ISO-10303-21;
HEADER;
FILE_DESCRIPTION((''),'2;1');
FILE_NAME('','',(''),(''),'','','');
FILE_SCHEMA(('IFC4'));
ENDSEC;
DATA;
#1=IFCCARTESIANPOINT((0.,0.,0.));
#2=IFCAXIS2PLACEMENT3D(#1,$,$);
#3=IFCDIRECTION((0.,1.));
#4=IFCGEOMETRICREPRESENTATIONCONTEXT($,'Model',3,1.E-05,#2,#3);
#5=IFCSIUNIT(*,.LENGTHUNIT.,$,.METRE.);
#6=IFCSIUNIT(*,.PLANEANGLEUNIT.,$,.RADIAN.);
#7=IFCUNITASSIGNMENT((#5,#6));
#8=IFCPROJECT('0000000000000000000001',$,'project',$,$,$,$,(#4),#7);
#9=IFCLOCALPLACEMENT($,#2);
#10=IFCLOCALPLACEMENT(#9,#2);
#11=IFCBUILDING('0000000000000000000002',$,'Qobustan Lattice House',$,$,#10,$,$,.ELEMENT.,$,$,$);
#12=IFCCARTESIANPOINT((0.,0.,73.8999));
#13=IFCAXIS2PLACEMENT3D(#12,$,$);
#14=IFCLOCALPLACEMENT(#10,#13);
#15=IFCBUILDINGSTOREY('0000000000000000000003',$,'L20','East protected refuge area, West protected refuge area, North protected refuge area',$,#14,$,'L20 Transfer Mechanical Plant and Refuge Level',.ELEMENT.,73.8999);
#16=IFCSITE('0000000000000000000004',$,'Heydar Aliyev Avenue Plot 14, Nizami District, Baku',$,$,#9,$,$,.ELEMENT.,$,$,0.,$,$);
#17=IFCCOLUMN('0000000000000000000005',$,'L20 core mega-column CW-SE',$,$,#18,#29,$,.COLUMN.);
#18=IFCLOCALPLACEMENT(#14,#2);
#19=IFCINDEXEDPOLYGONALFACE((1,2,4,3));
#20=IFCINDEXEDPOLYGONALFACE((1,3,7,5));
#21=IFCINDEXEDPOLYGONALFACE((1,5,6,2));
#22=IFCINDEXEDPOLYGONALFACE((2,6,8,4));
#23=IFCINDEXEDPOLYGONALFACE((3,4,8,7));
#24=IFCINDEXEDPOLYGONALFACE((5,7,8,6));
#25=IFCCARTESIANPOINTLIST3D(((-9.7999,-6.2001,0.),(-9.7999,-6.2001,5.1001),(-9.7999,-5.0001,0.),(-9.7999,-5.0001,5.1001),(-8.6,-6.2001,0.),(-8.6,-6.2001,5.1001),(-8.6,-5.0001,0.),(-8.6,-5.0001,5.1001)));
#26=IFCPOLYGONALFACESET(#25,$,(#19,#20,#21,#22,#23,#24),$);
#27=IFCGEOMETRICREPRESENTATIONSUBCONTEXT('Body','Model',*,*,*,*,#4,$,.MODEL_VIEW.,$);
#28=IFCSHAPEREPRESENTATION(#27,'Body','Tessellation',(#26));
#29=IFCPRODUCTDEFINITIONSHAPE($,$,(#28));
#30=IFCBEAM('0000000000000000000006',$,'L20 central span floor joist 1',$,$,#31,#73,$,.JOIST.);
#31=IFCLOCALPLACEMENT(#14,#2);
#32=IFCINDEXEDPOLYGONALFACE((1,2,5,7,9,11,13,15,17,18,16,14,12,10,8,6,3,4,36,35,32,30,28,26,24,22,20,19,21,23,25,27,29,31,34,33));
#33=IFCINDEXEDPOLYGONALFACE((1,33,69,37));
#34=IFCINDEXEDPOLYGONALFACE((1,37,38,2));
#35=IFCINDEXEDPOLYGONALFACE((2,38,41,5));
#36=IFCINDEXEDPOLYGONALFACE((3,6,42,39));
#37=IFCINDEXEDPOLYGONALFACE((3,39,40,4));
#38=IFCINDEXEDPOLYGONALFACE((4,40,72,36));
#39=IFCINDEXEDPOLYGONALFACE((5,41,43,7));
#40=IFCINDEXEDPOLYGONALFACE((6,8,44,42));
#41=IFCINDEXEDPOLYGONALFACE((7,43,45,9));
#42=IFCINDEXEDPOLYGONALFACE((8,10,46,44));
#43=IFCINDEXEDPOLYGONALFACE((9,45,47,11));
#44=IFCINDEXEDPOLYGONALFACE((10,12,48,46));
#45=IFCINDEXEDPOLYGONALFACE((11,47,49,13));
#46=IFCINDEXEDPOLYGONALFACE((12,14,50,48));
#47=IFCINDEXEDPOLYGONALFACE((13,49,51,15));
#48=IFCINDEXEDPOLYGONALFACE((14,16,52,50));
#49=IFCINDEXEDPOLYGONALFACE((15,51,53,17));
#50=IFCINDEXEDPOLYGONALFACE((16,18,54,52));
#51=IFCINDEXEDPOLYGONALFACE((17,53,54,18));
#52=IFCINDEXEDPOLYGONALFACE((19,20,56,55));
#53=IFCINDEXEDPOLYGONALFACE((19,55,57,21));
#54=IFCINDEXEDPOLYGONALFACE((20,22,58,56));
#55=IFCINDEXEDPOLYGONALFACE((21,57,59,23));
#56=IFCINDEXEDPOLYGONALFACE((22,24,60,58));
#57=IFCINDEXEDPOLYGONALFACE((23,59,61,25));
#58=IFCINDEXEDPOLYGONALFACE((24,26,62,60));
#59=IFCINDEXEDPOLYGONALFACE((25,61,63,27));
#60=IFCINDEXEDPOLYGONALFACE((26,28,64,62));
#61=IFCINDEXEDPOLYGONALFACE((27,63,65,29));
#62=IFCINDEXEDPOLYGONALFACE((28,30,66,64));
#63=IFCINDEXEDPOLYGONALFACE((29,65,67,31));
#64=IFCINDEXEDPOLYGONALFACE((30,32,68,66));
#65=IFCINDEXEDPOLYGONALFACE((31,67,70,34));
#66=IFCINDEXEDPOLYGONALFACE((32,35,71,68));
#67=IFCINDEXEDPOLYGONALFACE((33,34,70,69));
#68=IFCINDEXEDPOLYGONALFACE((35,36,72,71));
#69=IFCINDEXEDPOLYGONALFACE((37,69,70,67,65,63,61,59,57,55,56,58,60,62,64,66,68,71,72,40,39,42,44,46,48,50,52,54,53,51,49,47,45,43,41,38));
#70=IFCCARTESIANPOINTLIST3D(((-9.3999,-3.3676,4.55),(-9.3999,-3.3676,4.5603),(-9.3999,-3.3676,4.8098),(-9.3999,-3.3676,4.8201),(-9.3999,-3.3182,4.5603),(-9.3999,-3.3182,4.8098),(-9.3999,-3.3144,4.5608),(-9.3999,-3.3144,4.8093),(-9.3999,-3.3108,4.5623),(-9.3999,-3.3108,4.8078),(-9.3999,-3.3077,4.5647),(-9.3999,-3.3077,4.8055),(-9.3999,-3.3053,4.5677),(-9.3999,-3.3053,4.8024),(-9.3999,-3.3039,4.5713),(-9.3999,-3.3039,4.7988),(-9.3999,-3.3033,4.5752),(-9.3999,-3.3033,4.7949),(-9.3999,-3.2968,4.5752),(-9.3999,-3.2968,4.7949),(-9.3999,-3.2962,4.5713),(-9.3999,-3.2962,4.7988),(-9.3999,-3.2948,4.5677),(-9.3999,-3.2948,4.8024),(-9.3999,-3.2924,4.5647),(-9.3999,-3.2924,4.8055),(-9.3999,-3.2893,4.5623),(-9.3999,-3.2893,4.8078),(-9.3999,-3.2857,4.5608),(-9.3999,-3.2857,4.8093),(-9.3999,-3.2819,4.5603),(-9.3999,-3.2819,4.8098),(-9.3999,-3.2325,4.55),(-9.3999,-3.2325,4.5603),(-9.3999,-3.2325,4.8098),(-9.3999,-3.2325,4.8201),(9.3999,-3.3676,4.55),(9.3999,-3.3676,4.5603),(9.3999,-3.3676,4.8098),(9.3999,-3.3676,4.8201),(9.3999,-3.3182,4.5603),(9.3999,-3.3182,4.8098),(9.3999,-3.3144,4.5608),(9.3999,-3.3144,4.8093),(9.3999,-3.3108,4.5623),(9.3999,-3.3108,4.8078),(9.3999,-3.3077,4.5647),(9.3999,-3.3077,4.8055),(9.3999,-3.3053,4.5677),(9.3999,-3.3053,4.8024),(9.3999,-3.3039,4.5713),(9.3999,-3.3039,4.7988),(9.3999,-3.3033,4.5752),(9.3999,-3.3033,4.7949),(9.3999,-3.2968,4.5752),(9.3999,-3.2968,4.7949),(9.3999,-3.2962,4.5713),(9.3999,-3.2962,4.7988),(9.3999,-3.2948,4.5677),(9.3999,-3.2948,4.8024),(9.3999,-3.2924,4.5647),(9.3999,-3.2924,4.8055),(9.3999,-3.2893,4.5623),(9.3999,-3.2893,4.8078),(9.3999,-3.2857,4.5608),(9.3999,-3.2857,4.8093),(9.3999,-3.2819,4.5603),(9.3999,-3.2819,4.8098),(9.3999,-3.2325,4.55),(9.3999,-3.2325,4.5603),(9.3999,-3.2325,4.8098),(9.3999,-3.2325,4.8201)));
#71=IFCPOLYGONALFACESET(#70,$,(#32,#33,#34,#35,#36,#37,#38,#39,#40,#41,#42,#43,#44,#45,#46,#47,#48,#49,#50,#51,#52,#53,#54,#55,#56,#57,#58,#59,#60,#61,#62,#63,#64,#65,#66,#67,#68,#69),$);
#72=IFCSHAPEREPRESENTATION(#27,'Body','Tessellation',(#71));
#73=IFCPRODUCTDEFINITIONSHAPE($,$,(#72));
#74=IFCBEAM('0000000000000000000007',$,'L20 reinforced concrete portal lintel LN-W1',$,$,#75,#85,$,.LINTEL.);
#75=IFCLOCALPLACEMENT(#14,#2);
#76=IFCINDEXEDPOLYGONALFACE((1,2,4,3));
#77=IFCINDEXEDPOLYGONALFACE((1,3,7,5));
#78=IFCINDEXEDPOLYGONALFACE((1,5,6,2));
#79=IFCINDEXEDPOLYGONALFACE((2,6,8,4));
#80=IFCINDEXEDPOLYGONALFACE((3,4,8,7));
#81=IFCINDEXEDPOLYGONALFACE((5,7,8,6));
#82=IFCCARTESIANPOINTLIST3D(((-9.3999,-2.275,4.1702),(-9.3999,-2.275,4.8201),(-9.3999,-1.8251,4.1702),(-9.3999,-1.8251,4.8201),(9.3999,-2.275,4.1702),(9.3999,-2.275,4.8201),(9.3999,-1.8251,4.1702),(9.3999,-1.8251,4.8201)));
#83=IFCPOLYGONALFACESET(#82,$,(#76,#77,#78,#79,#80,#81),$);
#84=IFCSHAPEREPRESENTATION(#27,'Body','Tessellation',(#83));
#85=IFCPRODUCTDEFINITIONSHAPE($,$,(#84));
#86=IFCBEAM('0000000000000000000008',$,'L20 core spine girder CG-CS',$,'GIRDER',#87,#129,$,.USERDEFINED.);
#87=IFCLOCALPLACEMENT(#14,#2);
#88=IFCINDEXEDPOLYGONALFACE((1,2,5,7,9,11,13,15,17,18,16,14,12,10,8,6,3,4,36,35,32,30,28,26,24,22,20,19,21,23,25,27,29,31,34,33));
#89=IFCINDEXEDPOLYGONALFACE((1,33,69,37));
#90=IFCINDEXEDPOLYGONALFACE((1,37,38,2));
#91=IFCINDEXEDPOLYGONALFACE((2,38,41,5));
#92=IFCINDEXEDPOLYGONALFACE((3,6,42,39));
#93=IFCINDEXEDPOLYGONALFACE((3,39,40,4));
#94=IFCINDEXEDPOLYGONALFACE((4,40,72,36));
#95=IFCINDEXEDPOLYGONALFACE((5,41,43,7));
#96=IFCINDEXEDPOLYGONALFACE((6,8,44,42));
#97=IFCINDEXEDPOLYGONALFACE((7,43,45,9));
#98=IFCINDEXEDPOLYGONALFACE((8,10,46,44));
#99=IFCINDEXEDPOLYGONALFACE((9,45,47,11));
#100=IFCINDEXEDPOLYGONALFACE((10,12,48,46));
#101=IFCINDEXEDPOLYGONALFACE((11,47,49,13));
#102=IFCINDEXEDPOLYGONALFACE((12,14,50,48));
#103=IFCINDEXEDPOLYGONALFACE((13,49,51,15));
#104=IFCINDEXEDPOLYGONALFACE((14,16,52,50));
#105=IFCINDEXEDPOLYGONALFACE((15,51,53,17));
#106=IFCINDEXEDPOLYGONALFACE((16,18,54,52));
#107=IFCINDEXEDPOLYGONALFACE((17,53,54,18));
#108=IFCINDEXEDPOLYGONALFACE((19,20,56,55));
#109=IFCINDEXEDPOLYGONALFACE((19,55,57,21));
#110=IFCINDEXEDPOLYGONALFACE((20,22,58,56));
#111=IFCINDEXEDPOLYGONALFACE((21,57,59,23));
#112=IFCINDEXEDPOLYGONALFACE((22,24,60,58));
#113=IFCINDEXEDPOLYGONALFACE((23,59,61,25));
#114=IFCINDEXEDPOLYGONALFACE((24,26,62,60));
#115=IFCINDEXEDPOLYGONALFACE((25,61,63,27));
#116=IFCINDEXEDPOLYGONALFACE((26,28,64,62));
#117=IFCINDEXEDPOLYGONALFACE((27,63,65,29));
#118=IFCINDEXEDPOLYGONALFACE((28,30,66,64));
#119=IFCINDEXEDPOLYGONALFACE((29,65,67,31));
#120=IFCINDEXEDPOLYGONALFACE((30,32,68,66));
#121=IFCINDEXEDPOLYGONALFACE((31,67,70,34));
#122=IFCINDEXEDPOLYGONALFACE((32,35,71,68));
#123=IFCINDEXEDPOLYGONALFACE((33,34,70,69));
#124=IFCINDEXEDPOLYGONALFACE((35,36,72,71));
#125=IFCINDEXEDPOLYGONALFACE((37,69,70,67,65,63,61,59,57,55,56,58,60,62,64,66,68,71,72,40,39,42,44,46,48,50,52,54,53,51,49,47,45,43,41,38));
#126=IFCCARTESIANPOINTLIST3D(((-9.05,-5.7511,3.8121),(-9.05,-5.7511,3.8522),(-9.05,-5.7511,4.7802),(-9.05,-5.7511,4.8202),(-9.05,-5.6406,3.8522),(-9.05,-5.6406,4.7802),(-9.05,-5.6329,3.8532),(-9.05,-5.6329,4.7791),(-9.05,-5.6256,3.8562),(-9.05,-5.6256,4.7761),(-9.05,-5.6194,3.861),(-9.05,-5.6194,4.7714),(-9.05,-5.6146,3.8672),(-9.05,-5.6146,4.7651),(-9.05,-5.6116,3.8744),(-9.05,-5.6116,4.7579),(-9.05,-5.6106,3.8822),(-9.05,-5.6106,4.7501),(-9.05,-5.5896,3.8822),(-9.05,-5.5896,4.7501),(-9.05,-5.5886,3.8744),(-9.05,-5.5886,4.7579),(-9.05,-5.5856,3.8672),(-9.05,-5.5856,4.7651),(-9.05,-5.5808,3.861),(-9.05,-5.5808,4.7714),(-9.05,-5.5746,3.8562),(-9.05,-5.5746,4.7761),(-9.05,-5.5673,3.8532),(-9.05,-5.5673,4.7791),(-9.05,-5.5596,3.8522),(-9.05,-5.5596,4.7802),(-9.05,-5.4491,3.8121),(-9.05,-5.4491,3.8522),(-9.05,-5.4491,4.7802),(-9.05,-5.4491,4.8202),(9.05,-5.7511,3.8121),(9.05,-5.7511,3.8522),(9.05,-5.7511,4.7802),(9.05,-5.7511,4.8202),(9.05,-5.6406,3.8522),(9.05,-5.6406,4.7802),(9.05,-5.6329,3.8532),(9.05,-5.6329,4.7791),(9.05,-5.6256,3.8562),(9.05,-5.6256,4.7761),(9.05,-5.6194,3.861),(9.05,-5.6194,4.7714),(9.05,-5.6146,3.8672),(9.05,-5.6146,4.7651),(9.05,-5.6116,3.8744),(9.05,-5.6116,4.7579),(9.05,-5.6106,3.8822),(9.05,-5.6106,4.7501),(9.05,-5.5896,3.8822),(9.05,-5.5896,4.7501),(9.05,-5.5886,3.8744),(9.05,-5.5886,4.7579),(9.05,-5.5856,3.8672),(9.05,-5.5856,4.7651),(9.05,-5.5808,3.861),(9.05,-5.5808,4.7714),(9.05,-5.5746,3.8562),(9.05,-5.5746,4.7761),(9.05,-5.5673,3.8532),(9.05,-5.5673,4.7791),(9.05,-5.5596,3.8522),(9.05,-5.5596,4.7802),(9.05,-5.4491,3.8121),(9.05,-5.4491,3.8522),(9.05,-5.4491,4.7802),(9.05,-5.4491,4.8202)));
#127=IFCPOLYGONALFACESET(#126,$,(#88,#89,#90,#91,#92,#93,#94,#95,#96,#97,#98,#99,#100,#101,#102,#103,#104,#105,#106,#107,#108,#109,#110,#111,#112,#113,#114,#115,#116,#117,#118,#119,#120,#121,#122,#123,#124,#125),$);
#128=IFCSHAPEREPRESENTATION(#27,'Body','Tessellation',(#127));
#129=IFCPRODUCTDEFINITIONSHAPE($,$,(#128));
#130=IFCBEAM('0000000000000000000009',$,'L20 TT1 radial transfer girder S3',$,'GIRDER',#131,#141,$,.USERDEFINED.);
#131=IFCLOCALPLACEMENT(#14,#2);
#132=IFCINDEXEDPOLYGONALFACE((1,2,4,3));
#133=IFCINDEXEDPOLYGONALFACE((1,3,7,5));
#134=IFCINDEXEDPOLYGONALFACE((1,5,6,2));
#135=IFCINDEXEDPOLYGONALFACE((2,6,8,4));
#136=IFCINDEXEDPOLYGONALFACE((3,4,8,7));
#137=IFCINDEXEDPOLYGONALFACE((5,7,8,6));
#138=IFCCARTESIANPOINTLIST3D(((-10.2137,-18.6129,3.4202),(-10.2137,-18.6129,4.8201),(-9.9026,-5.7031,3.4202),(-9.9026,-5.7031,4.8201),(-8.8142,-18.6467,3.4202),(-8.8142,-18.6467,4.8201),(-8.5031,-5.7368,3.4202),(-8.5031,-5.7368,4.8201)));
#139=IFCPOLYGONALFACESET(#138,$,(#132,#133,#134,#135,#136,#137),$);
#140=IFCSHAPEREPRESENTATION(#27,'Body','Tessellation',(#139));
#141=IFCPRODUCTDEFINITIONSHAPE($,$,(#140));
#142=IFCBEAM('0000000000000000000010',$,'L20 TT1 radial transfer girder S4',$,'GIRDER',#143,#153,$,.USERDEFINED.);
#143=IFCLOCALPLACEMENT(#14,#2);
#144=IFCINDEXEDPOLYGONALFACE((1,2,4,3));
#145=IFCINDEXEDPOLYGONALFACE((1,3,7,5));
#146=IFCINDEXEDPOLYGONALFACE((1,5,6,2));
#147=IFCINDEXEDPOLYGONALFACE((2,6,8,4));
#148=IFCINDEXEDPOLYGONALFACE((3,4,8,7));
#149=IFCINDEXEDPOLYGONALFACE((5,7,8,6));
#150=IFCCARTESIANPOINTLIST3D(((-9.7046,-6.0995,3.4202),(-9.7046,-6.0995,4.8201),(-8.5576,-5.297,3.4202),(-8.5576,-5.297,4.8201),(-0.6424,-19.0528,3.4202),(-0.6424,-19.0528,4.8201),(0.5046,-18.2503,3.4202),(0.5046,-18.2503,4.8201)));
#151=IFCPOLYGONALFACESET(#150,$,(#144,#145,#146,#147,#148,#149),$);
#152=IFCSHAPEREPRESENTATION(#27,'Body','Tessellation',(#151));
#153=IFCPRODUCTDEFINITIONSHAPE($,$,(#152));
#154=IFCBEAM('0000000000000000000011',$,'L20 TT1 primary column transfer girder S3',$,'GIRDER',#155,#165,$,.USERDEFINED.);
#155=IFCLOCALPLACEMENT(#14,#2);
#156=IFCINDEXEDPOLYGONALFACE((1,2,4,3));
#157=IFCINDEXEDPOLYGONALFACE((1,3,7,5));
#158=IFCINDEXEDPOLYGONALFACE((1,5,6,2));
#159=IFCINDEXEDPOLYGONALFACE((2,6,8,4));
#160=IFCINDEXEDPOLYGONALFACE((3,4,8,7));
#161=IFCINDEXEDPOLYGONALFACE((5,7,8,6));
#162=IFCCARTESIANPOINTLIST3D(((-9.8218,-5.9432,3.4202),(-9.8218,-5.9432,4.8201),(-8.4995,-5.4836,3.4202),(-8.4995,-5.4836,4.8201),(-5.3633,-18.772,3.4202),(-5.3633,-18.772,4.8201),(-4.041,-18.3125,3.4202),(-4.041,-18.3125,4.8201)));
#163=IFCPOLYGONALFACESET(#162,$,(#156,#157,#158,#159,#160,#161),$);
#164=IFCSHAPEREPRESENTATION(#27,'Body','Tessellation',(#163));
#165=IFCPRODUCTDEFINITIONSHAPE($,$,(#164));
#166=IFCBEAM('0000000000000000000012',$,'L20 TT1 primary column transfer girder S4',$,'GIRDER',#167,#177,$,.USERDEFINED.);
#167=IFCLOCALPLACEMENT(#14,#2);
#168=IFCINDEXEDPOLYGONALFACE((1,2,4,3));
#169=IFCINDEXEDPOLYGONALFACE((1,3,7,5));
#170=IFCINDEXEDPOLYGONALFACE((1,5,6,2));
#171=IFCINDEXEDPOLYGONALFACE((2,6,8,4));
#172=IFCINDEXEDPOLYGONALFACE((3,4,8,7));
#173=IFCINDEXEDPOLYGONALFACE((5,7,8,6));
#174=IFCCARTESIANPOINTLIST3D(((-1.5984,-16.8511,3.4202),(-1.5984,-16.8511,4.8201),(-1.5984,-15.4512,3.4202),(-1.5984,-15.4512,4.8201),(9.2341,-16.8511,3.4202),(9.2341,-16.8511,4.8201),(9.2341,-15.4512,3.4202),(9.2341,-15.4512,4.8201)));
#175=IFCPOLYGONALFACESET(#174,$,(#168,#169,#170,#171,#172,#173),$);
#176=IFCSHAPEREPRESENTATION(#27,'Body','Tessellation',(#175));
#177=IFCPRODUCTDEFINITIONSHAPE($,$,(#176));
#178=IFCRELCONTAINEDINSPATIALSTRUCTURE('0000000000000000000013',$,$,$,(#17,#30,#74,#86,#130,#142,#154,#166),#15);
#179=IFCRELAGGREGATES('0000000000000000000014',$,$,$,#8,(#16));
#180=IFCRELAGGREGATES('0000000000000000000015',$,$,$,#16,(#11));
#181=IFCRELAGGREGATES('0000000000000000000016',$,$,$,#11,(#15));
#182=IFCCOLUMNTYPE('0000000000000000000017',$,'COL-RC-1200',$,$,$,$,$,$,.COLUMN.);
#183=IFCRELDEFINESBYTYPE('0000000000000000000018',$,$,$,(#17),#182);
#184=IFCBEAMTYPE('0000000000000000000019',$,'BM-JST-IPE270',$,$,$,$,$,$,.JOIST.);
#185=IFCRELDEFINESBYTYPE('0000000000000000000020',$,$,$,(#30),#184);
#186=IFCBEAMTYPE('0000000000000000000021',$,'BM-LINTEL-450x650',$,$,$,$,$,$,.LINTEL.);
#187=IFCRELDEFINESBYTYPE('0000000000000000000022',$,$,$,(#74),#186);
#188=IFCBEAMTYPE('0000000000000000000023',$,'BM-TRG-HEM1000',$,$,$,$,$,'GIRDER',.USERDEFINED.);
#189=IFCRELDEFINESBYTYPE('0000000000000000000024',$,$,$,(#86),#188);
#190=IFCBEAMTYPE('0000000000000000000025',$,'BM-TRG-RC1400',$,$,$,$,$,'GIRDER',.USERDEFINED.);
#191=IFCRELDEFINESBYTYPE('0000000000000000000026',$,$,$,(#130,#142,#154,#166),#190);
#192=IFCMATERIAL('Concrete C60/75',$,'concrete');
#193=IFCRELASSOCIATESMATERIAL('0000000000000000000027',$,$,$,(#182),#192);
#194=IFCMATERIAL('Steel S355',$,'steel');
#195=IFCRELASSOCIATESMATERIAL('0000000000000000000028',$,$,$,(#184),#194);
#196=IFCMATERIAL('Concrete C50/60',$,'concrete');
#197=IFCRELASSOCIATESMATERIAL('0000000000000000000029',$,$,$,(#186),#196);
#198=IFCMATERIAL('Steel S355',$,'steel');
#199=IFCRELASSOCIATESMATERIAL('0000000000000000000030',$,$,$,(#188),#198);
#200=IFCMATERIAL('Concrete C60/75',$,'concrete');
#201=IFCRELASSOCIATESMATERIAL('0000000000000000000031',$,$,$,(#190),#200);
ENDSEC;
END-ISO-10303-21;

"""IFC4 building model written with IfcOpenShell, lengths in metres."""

from ifc_helpers import new_model, si_unit, direction, frame, origin, origin_2d, place, context, subcontext, project, spatial, rectangle, i_section, extrude, material, material_profile, profile_set, type_object, element, save


model = new_model("IFC4")

# Units and contexts
model_context = context("Model", 3, precision=1e-05, world=origin(), true_north=direction((0.0, 1.0)))
body_context = subcontext(model_context, "Body", "Model", "MODEL_VIEW")
ifc_project = project(units=[si_unit("LENGTHUNIT", "METRE"), si_unit("PLANEANGLEUNIT", "RADIAN")], contexts=[model_context])

# Site, building, storey
site_placement = place(None, origin())
site = spatial("IfcSite", under=ifc_project, at=site_placement, Name="Heydar Aliyev Avenue Plot 14, Nizami District, Baku", CompositionType="ELEMENT", RefElevation=0.0)
building_placement = place(site_placement, origin())
building = spatial("IfcBuilding", under=site, at=building_placement, Name="Qobustan Lattice House", CompositionType="ELEMENT")
storey_placement = place(building_placement, frame((0.0, 0.0, 73.8999)))
storey = spatial("IfcBuildingStorey", under=building, at=storey_placement, Name="L20", Description="East protected refuge area, West protected refuge area, North protected refuge area", LongName="L20 Transfer Mechanical Plant and Refuge Level", CompositionType="ELEMENT", Elevation=73.8999)

# Column
ifc_material_1 = material(Name="Concrete C60/75", Category="concrete")
ifc_material_profile_1 = material_profile(ifc_material_1, rectangle(XDim=1.2, YDim=1.2, at=origin_2d()), Name="RC1200x1200")
ifc_profile_set_1 = profile_set([ifc_material_profile_1], Name="Concrete C60/75")
column_type = type_object("IfcColumnType", Name="COL-RC-1200", PredefinedType="COLUMN", material=ifc_profile_set_1)
column_placement = place(storey_placement, frame((-9.2, -5.6001, 0.0), z_axis=(0.0, 0.0, 1.0), x_axis=(1.0, 0.0, 0.0)))
element("IfcColumn", 1, at=column_placement, inside=storey, type_object=column_type, Name="L20 core mega-column CW-SE", PredefinedType="COLUMN", context=body_context, shape_type="SweptSolid", body=[
    extrude(rectangle(XDim=1.2, YDim=1.2, at=origin_2d()), origin(), (0.0, 0.0, 1.0), 5.1001),
])

# Beams
ifc_material_2 = material(Name="Steel S355", Category="steel")
ifc_material_profile_2 = material_profile(ifc_material_2, i_section(OverallWidth=0.135, OverallDepth=0.27, WebThickness=0.0066, FlangeThickness=0.0103, FilletRadius=0.0149, at=origin_2d()), Name="IPE270")
ifc_profile_set_2 = profile_set([ifc_material_profile_2], Name="Steel S355")
beam_type_1 = type_object("IfcBeamType", Name="BM-JST-IPE270", PredefinedType="JOIST", material=ifc_profile_set_2)
beam_1_placement = place(storey_placement, frame((-9.3999, -3.3, 4.6851), z_axis=(1.0, 0.0, 0.0), x_axis=(0.0, 1.0, 0.0)))
element("IfcBeam", 2, at=beam_1_placement, inside=storey, type_object=beam_type_1, Name="L20 central span floor joist 1", PredefinedType="JOIST", context=body_context, shape_type="SweptSolid", body=[
    extrude(i_section(OverallWidth=0.135, OverallDepth=0.27, WebThickness=0.0066, FlangeThickness=0.0103, FilletRadius=0.0149, at=origin_2d()), origin(), (0.0, 0.0, 1.0), 18.7998),
])
ifc_material_3 = material(Name="Concrete C50/60", Category="concrete")
ifc_material_profile_3 = material_profile(ifc_material_3, rectangle(XDim=0.45, YDim=0.6499, at=origin_2d()), Name="RC450x650")
ifc_profile_set_3 = profile_set([ifc_material_profile_3], Name="Concrete C50/60")
beam_type_2 = type_object("IfcBeamType", Name="BM-LINTEL-450x650", PredefinedType="LINTEL", material=ifc_profile_set_3)
beam_2_placement = place(storey_placement, frame((-9.3999, -2.05, 4.4951), z_axis=(1.0, 0.0, 0.0), x_axis=(0.0, 1.0, 0.0)))
element("IfcBeam", 3, at=beam_2_placement, inside=storey, type_object=beam_type_2, Name="L20 reinforced concrete portal lintel LN-W1", PredefinedType="LINTEL", context=body_context, shape_type="SweptSolid", body=[
    extrude(rectangle(XDim=0.45, YDim=0.6499, at=origin_2d()), origin(), (0.0, 0.0, 1.0), 18.7998),
])
ifc_material_4 = material(Name="Steel S355", Category="steel")
ifc_material_profile_4 = material_profile(ifc_material_4, i_section(OverallWidth=0.302, OverallDepth=1.0081, WebThickness=0.021, FlangeThickness=0.04, FilletRadius=0.03, at=origin_2d()), Name="HEM1000")
ifc_profile_set_4 = profile_set([ifc_material_profile_4], Name="Steel S355")
beam_type_3 = type_object("IfcBeamType", Name="BM-TRG-HEM1000", ElementType="GIRDER", PredefinedType="USERDEFINED", material=ifc_profile_set_4)
beam_3_placement = place(storey_placement, frame((-9.05, -5.6001, 4.3162), z_axis=(1.0, 0.0, 0.0), x_axis=(0.0, 1.0, 0.0)))
element("IfcBeam", 4, at=beam_3_placement, inside=storey, type_object=beam_type_3, Name="L20 core spine girder CG-CS", ObjectType="GIRDER", PredefinedType="USERDEFINED", context=body_context, shape_type="SweptSolid", body=[
    extrude(i_section(OverallWidth=0.302, OverallDepth=1.0081, WebThickness=0.021, FlangeThickness=0.04, FilletRadius=0.03, at=origin_2d()), origin(), (0.0, 0.0, 1.0), 18.1001),
])
ifc_material_5 = material(Name="Concrete C60/75", Category="concrete")
ifc_material_profile_5 = material_profile(ifc_material_5, rectangle(XDim=1.3999, YDim=1.3999, at=origin_2d()), Name="RC1400x1400")
ifc_profile_set_5 = profile_set([ifc_material_profile_5], Name="Concrete C60/75")
beam_type_4 = type_object("IfcBeamType", Name="BM-TRG-RC1400", ElementType="GIRDER", PredefinedType="USERDEFINED", material=ifc_profile_set_5)
beam_4_placement = place(storey_placement, frame((-9.2029, -5.72, 4.1201), z_axis=(-0.024086, -0.99971, 0.0), x_axis=(0.99971, -0.024086, 0.0)))
element("IfcBeam", 5, at=beam_4_placement, inside=storey, type_object=beam_type_4, Name="L20 TT1 radial transfer girder S3", ObjectType="GIRDER", PredefinedType="USERDEFINED", context=body_context, shape_type="SweptSolid", body=[
    extrude(rectangle(XDim=1.3999, YDim=1.3999, at=origin_2d()), origin(), (0.0, 0.0, 1.0), 12.9136),
])
beam_5_placement = place(storey_placement, frame((-9.1311, -5.6982, 4.1201), z_axis=(0.573246, -0.819384, 0.0), x_axis=(0.819384, 0.573246, 0.0)))
element("IfcBeam", 6, at=beam_5_placement, inside=storey, type_object=beam_type_4, Name="L20 TT1 radial transfer girder S4", ObjectType="GIRDER", PredefinedType="USERDEFINED", context=body_context, shape_type="SweptSolid", body=[
    extrude(rectangle(XDim=1.3999, YDim=1.3999, at=origin_2d()), origin(), (0.0, 0.0, 1.0), 15.8086),
])
beam_6_placement = place(storey_placement, frame((-9.1606, -5.7134, 4.1201), z_axis=(0.328277, -0.944582, 0.0), x_axis=(0.944582, 0.328277, 0.0)))
element("IfcBeam", 7, at=beam_6_placement, inside=storey, type_object=beam_type_4, Name="L20 TT1 primary column transfer girder S3", ObjectType="GIRDER", PredefinedType="USERDEFINED", context=body_context, shape_type="SweptSolid", body=[
    extrude(rectangle(XDim=1.3999, YDim=1.3999, at=origin_2d()), origin(), (0.0, 0.0, 1.0), 13.5815),
])
beam_7_placement = place(storey_placement, frame((-1.5984, -16.1511, 4.1201), z_axis=(1.0, 0.0, 0.0), x_axis=(0.0, 1.0, 0.0)))
element("IfcBeam", 8, at=beam_7_placement, inside=storey, type_object=beam_type_4, Name="L20 TT1 primary column transfer girder S4", ObjectType="GIRDER", PredefinedType="USERDEFINED", context=body_context, shape_type="SweptSolid", body=[
    extrude(rectangle(XDim=1.3999, YDim=1.3999, at=origin_2d()), origin(), (0.0, 0.0, 1.0), 10.8325),
])

save(model, "model.ifc")
